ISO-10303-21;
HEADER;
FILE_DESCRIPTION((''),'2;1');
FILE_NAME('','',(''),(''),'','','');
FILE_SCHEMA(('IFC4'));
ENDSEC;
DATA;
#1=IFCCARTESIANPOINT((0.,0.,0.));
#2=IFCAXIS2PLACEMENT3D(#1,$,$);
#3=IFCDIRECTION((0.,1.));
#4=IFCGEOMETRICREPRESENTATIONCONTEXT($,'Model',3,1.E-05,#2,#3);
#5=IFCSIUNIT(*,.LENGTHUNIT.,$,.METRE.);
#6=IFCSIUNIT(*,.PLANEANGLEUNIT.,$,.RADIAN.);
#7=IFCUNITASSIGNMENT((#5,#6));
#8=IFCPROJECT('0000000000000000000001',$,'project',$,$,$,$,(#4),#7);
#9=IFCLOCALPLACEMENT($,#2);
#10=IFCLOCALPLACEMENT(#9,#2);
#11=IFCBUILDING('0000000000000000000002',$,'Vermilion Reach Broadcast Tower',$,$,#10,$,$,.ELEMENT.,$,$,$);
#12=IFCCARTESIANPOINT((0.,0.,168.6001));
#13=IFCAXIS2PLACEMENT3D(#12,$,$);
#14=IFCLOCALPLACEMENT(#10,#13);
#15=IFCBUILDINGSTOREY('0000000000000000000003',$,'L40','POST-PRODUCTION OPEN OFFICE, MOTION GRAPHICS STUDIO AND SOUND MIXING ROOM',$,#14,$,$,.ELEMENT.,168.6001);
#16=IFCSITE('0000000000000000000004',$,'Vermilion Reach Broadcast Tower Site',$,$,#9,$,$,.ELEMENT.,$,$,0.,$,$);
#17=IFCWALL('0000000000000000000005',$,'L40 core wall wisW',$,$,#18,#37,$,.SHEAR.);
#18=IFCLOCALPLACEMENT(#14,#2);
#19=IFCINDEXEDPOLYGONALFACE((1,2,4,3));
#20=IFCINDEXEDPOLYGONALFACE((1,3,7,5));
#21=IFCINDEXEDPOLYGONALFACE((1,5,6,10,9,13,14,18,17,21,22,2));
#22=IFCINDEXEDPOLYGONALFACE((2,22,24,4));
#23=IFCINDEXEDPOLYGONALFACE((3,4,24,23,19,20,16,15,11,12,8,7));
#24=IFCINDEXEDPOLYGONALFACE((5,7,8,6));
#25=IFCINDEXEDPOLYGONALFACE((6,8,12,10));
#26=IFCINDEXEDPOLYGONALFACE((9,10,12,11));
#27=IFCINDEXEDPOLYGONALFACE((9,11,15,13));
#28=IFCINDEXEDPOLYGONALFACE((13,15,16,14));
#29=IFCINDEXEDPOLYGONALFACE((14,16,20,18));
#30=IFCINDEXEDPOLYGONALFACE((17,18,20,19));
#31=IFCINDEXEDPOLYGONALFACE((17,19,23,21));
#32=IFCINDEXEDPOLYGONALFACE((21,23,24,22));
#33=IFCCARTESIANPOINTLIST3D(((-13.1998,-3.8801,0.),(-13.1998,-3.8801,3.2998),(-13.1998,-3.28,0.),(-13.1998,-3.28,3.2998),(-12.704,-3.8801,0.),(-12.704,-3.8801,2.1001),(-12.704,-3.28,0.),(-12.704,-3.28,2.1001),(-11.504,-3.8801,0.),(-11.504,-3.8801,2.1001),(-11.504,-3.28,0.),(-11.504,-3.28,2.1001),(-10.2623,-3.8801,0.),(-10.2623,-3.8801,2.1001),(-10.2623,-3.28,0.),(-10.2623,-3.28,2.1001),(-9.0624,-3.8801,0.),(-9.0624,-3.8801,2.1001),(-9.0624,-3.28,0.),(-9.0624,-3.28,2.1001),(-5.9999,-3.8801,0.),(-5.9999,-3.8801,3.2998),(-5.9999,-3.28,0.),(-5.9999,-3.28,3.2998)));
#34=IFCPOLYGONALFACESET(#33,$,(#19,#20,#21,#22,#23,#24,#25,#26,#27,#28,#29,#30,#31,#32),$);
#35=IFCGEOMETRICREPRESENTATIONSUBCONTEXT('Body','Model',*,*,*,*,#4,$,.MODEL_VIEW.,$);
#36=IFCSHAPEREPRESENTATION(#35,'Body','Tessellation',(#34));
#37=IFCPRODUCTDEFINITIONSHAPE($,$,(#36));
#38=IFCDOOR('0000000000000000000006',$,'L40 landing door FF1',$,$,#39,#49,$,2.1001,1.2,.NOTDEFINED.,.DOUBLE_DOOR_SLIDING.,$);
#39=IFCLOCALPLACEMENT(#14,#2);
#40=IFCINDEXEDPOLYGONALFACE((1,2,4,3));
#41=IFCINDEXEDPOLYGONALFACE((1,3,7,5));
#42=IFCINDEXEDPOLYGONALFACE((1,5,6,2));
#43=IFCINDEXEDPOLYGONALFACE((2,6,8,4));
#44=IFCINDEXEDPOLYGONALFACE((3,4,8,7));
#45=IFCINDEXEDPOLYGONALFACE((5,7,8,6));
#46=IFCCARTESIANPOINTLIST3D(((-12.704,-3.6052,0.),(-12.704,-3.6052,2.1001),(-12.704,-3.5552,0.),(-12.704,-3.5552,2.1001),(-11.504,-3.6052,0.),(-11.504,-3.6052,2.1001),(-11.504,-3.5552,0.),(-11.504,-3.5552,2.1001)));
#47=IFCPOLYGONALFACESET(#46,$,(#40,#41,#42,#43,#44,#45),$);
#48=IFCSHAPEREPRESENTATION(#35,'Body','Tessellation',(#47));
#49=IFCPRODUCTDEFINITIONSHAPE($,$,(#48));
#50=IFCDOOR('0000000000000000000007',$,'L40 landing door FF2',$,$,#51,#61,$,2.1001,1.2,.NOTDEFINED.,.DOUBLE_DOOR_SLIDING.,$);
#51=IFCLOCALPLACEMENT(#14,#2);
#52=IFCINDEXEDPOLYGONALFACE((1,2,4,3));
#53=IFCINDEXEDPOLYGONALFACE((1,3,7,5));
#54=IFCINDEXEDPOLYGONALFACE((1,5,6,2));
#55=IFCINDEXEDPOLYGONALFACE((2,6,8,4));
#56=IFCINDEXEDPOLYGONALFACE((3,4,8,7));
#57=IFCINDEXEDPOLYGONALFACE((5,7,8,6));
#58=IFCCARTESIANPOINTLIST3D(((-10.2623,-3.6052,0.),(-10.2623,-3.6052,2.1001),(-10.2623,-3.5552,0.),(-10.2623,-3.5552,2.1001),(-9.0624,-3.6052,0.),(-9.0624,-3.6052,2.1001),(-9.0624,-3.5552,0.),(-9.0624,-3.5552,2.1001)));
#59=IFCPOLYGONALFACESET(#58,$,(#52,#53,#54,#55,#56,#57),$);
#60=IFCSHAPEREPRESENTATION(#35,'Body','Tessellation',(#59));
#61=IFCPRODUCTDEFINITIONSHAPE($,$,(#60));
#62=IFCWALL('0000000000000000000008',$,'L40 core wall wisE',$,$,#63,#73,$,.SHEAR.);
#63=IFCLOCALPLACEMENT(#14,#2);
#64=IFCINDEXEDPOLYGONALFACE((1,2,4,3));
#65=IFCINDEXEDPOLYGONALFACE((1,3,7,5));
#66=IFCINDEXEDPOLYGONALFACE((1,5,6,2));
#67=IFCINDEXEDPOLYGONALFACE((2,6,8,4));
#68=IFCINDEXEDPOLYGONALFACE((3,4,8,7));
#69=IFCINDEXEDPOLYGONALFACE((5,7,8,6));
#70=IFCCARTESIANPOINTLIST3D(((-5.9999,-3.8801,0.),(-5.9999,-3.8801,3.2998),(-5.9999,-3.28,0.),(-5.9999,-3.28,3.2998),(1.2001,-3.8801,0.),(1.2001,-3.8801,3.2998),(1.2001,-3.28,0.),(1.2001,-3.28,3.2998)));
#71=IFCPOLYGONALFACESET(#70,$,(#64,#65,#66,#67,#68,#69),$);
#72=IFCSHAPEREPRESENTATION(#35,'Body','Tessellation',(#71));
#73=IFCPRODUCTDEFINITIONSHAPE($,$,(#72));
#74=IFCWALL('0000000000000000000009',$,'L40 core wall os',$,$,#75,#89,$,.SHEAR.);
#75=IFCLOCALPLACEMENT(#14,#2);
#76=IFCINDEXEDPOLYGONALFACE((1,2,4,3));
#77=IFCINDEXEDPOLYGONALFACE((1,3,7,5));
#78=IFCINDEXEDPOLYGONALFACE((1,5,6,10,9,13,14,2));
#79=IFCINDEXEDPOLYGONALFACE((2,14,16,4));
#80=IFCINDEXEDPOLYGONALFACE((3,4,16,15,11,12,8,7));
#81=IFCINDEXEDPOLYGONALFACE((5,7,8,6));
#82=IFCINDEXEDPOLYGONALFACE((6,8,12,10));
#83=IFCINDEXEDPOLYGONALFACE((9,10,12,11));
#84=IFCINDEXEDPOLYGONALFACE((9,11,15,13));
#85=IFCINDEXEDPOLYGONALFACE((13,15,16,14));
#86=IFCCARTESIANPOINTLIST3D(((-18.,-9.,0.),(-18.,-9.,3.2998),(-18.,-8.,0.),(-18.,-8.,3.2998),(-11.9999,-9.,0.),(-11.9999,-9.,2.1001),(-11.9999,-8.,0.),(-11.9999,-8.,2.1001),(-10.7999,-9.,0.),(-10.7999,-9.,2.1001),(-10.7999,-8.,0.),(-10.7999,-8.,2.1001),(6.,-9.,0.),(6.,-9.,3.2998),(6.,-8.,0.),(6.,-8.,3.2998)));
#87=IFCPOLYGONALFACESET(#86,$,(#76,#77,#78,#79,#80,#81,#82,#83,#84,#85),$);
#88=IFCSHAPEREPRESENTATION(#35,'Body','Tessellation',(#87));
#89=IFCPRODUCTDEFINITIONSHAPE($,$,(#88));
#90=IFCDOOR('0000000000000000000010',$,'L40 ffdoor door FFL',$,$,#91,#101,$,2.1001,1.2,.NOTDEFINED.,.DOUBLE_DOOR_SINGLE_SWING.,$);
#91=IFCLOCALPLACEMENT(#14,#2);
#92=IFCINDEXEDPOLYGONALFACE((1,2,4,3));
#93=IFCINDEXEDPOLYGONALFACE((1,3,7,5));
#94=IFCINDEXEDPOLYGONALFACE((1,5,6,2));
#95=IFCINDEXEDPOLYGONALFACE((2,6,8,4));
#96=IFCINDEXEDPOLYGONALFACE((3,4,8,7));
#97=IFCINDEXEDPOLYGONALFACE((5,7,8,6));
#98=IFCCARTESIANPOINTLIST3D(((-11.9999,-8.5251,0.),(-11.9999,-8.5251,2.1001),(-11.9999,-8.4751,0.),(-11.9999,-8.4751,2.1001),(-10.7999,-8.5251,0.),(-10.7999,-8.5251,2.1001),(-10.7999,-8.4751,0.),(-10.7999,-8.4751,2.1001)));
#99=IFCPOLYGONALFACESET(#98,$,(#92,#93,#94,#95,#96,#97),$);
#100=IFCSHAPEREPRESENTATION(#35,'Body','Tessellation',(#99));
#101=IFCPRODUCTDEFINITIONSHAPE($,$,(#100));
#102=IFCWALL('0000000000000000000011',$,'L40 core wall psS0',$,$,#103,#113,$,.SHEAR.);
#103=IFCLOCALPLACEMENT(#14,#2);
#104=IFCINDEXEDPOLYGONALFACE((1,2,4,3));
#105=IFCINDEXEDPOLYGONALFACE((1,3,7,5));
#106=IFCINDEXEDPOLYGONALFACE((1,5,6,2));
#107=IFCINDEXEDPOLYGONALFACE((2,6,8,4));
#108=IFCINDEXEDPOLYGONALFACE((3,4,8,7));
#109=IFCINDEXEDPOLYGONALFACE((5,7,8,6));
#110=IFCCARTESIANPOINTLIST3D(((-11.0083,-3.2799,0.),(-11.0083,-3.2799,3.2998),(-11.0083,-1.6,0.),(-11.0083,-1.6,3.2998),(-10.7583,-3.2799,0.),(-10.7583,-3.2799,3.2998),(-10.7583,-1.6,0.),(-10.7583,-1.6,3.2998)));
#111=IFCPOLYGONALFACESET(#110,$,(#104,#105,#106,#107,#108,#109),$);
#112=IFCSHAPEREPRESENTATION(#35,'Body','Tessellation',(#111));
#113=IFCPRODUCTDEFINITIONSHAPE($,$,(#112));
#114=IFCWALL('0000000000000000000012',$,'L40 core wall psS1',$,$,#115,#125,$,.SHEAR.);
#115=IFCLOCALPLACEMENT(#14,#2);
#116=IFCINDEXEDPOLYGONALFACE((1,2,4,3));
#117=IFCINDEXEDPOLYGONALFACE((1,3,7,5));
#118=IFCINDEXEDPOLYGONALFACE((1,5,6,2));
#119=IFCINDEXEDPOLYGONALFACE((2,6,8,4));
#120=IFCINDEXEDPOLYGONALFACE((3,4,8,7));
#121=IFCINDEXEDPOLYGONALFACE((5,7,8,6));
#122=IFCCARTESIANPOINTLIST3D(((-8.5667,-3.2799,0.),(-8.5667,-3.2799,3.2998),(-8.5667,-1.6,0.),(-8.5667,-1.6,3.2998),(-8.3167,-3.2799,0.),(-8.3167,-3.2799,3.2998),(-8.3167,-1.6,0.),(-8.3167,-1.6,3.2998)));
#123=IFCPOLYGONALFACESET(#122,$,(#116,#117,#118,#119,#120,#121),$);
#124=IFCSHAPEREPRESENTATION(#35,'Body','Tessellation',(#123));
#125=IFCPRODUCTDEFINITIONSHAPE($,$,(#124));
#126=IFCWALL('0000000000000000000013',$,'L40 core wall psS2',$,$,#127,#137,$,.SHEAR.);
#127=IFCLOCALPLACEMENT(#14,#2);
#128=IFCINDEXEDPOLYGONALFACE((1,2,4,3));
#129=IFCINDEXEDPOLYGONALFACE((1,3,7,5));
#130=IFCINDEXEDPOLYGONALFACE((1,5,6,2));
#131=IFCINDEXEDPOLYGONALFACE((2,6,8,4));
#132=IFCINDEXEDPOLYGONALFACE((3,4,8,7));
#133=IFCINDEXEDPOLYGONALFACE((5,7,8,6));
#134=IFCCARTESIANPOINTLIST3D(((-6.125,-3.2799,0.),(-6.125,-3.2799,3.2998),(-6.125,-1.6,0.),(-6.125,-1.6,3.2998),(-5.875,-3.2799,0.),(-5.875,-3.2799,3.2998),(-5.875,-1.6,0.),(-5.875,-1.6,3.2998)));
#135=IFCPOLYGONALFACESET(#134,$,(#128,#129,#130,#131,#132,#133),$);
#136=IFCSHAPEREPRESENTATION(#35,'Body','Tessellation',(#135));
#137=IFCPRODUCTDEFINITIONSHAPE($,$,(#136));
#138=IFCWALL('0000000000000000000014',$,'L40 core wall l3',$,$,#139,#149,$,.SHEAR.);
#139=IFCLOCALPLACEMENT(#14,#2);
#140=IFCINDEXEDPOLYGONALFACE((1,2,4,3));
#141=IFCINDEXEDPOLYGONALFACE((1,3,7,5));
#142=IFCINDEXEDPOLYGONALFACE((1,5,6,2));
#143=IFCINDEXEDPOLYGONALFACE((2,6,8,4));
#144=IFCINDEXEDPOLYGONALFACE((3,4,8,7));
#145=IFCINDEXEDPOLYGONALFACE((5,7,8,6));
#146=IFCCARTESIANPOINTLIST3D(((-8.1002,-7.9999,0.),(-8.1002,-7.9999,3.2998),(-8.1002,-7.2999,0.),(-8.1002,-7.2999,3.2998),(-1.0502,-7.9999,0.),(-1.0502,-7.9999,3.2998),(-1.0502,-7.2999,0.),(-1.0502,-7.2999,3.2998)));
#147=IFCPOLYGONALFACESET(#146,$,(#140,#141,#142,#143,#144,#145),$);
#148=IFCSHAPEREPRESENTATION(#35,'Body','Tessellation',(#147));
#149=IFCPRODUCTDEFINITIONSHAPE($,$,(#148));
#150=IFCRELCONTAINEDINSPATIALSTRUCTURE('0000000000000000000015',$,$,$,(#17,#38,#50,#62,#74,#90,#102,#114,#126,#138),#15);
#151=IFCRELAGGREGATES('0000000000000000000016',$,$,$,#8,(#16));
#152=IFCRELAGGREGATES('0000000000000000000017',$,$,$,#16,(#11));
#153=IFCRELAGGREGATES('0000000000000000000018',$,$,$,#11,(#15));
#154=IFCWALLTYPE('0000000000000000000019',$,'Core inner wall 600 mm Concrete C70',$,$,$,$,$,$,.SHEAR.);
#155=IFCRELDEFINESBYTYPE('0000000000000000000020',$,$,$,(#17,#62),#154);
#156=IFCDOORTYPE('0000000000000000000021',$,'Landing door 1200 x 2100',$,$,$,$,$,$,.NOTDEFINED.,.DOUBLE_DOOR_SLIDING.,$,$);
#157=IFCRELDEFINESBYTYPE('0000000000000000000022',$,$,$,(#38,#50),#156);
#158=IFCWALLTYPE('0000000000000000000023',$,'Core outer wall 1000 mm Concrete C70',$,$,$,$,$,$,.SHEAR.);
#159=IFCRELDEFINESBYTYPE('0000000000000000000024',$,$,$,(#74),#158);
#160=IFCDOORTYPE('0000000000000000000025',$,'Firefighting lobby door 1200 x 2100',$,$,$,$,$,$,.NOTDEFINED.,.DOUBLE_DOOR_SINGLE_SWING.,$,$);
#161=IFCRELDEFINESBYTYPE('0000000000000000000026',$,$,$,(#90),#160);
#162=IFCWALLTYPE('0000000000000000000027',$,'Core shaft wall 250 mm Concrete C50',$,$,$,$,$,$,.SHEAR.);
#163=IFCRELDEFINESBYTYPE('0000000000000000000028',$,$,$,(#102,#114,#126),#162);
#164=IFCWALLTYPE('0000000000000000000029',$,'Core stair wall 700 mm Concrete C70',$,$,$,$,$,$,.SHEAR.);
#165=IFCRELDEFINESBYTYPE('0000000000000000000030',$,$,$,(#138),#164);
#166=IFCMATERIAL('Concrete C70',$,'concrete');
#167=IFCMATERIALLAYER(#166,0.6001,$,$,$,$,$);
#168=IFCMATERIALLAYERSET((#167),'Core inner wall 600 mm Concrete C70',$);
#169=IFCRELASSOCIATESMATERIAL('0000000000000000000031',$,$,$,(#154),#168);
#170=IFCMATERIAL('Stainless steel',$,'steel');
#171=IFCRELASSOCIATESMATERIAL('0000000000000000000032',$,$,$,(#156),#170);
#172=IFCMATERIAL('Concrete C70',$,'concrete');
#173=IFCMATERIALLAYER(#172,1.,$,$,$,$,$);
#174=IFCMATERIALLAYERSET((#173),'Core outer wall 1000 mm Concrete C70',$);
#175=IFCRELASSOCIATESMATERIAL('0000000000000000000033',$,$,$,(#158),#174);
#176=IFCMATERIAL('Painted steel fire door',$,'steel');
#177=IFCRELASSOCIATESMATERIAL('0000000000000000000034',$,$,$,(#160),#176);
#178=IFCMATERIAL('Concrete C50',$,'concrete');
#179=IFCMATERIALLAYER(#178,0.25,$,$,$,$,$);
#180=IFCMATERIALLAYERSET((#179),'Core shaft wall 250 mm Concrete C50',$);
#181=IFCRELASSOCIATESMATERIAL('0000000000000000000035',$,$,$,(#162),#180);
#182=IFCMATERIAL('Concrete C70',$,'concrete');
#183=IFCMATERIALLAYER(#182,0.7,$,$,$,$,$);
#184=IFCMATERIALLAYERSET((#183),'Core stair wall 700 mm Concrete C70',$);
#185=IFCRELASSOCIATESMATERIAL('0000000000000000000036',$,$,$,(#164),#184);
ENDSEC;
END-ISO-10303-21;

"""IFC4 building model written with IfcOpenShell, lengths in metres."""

from ifc_helpers import new_model, si_unit, direction, frame, frame_2d, origin, place, context, subcontext, project, spatial, rectangle, extrude, material, layer, layer_set, type_object, element, fill, save


model = new_model("IFC4")

# Units and contexts
model_context = context("Model", 3, precision=1e-05, world=origin(), true_north=direction((0.0, 1.0)))
body_context = subcontext(model_context, "Body", "Model", "MODEL_VIEW")
ifc_project = project(units=[si_unit("LENGTHUNIT", "METRE"), si_unit("PLANEANGLEUNIT", "RADIAN")], contexts=[model_context])

# Site, building, storey
site_placement = place(None, origin())
site = spatial("IfcSite", under=ifc_project, at=site_placement, Name="Vermilion Reach Broadcast Tower Site", CompositionType="ELEMENT", RefElevation=0.0)
building_placement = place(site_placement, origin())
building = spatial("IfcBuilding", under=site, at=building_placement, Name="Vermilion Reach Broadcast Tower", CompositionType="ELEMENT")
storey_placement = place(building_placement, frame((0.0, 0.0, 168.6001)))
storey = spatial("IfcBuildingStorey", under=building, at=storey_placement, Name="L40", Description="POST-PRODUCTION OPEN OFFICE, MOTION GRAPHICS STUDIO AND SOUND MIXING ROOM", CompositionType="ELEMENT", Elevation=168.6001)

# Wall, openings, doors
ifc_material_1 = material(Name="Concrete C70", Category="concrete")
ifc_layer_1 = layer(ifc_material_1, 0.6001)
ifc_layer_set_1 = layer_set([ifc_layer_1], Name="Core inner wall 600 mm Concrete C70")
wall_type_1 = type_object("IfcWallType", Name="Core inner wall 600 mm Concrete C70", PredefinedType="SHEAR", material=ifc_layer_set_1)
wall_1_placement = place(storey_placement, frame((-13.2, -3.5801, 0.0), z_axis=(0.0, 0.0, 1.0), x_axis=(1.0, 0.0, 0.0)))
wall_1 = element("IfcWall", 1, at=wall_1_placement, inside=storey, type_object=wall_type_1, Name="L40 core wall wisW", PredefinedType="SHEAR", context=body_context, shape_type="SweptSolid", body=[
    extrude(rectangle(XDim=7.2, YDim=0.6001, at=frame_2d((3.6001, 0.0))), origin(), (0.0, 0.0, 1.0), 3.2998),
])
opening_1_placement = place(wall_1_placement, frame((0.4958, 0.0, 0.0)))
opening_1 = element("IfcOpeningElement", 2, at=opening_1_placement, cuts=wall_1, PredefinedType="OPENING", context=body_context, shape_type="SweptSolid", body=[
    extrude(rectangle(XDim=1.2, YDim=2.1001, at=frame_2d((0.6001, 1.05))), frame((0.0, 0.3101, 0.0), z_axis=(0.0, -1.0, 0.0), x_axis=(1.0, 0.0, 0.0)), (0.0, 0.0, 1.0), 0.6201),
])
opening_2_placement = place(wall_1_placement, frame((2.9375, 0.0, 0.0)))
opening_2 = element("IfcOpeningElement", 3, at=opening_2_placement, cuts=wall_1, PredefinedType="OPENING", context=body_context, shape_type="SweptSolid", body=[
    extrude(rectangle(XDim=1.2, YDim=2.1001, at=frame_2d((0.6001, 1.05))), frame((0.0, 0.3101, 0.0), z_axis=(0.0, -1.0, 0.0), x_axis=(1.0, 0.0, 0.0)), (0.0, 0.0, 1.0), 0.6201),
])
ifc_material_2 = material(Name="Stainless steel", Category="steel")
door_type_1 = type_object("IfcDoorType", Name="Landing door 1200 x 2100", OperationType="DOUBLE_DOOR_SLIDING", PredefinedType="NOTDEFINED", material=ifc_material_2)
door_1_placement = place(opening_1_placement, origin())
door_1 = element("IfcDoor", 4, at=door_1_placement, inside=storey, type_object=door_type_1, Name="L40 landing door FF1", OperationType="DOUBLE_DOOR_SLIDING", OverallHeight=2.1001, OverallWidth=1.2, PredefinedType="NOTDEFINED", context=body_context, shape_type="SweptSolid", body=[
    extrude(rectangle(XDim=1.2, YDim=2.1001, at=frame_2d((0.6001, 1.05))), frame((0.0, 0.0249, 0.0), z_axis=(0.0, -1.0, 0.0), x_axis=(1.0, 0.0, 0.0)), (0.0, 0.0, 1.0), 0.05),
])
fill(opening_1, door_1)
door_2_placement = place(opening_2_placement, origin())
door_2 = element("IfcDoor", 5, at=door_2_placement, inside=storey, type_object=door_type_1, Name="L40 landing door FF2", OperationType="DOUBLE_DOOR_SLIDING", OverallHeight=2.1001, OverallWidth=1.2, PredefinedType="NOTDEFINED", context=body_context, shape_type="SweptSolid", body=[
    extrude(rectangle(XDim=1.2, YDim=2.1001, at=frame_2d((0.6001, 1.05))), frame((0.0, 0.0249, 0.0), z_axis=(0.0, -1.0, 0.0), x_axis=(1.0, 0.0, 0.0)), (0.0, 0.0, 1.0), 0.05),
])
fill(opening_2, door_2)

# Wall
wall_2_placement = place(storey_placement, frame((-6.0, -3.5801, 0.0), z_axis=(0.0, 0.0, 1.0), x_axis=(1.0, 0.0, 0.0)))
element("IfcWall", 6, at=wall_2_placement, inside=storey, type_object=wall_type_1, Name="L40 core wall wisE", PredefinedType="SHEAR", context=body_context, shape_type="SweptSolid", body=[
    extrude(rectangle(XDim=7.2, YDim=0.6001, at=frame_2d((3.6001, 0.0))), origin(), (0.0, 0.0, 1.0), 3.2998),
])

# Wall, opening, door
ifc_material_3 = material(Name="Concrete C70", Category="concrete")
ifc_layer_2 = layer(ifc_material_3, 1.0)
ifc_layer_set_2 = layer_set([ifc_layer_2], Name="Core outer wall 1000 mm Concrete C70")
wall_type_2 = type_object("IfcWallType", Name="Core outer wall 1000 mm Concrete C70", PredefinedType="SHEAR", material=ifc_layer_set_2)
wall_3_placement = place(storey_placement, frame((-18.0, -8.5, 0.0), z_axis=(0.0, 0.0, 1.0), x_axis=(1.0, 0.0, 0.0)))
wall_3 = element("IfcWall", 7, at=wall_3_placement, inside=storey, type_object=wall_type_2, Name="L40 core wall os", PredefinedType="SHEAR", context=body_context, shape_type="SweptSolid", body=[
    extrude(rectangle(XDim=24.0, YDim=1.0, at=frame_2d((12.0, 0.0))), origin(), (0.0, 0.0, 1.0), 3.2998),
])
opening_3_placement = place(wall_3_placement, frame((6.0, 0.0, 0.0)))
opening_3 = element("IfcOpeningElement", 8, at=opening_3_placement, cuts=wall_3, PredefinedType="OPENING", context=body_context, shape_type="SweptSolid", body=[
    extrude(rectangle(XDim=1.2, YDim=2.1001, at=frame_2d((0.6001, 1.05))), frame((0.0, 0.51, 0.0), z_axis=(0.0, -1.0, 0.0), x_axis=(1.0, 0.0, 0.0)), (0.0, 0.0, 1.0), 1.02),
])
ifc_material_4 = material(Name="Painted steel fire door", Category="steel")
door_type_2 = type_object("IfcDoorType", Name="Firefighting lobby door 1200 x 2100", OperationType="DOUBLE_DOOR_SINGLE_SWING", PredefinedType="NOTDEFINED", material=ifc_material_4)
door_3_placement = place(opening_3_placement, origin())
door_3 = element("IfcDoor", 9, at=door_3_placement, inside=storey, type_object=door_type_2, Name="L40 ffdoor door FFL", OperationType="DOUBLE_DOOR_SINGLE_SWING", OverallHeight=2.1001, OverallWidth=1.2, PredefinedType="NOTDEFINED", context=body_context, shape_type="SweptSolid", body=[
    extrude(rectangle(XDim=1.2, YDim=2.1001, at=frame_2d((0.6001, 1.05))), frame((0.0, 0.0249, 0.0), z_axis=(0.0, -1.0, 0.0), x_axis=(1.0, 0.0, 0.0)), (0.0, 0.0, 1.0), 0.05),
])
fill(opening_3, door_3)

# Walls
ifc_material_5 = material(Name="Concrete C50", Category="concrete")
ifc_layer_3 = layer(ifc_material_5, 0.25)
ifc_layer_set_3 = layer_set([ifc_layer_3], Name="Core shaft wall 250 mm Concrete C50")
wall_type_3 = type_object("IfcWallType", Name="Core shaft wall 250 mm Concrete C50", PredefinedType="SHEAR", material=ifc_layer_set_3)
for number, where, z_axis, x_axis, name in (
    (10, (-10.8833, -1.6001, 0.0), (0.0, 0.0, 1.0), (0.0, -1.0, 0.0), "L40 core wall psS0"),
    (11, (-8.4417, -1.6001, 0.0), (0.0, 0.0, 1.0), (0.0, -1.0, 0.0), "L40 core wall psS1"),
    (12, (-6.0, -1.6001, 0.0), (0.0, 0.0, 1.0), (0.0, -1.0, 0.0), "L40 core wall psS2"),
):
    element("IfcWall", number, at=place(storey_placement, frame(where, z_axis=z_axis, x_axis=x_axis)), inside=storey, type_object=wall_type_3, Name=name, PredefinedType="SHEAR", context=body_context, shape_type="SweptSolid", body=[
        extrude(rectangle(XDim=1.6799, YDim=0.25, at=frame_2d((0.8398, 0.0))), origin(), (0.0, 0.0, 1.0), 3.2998),
    ])
ifc_material_6 = material(Name="Concrete C70", Category="concrete")
ifc_layer_4 = layer(ifc_material_6, 0.7)
ifc_layer_set_4 = layer_set([ifc_layer_4], Name="Core stair wall 700 mm Concrete C70")
wall_type_4 = type_object("IfcWallType", Name="Core stair wall 700 mm Concrete C70", PredefinedType="SHEAR", material=ifc_layer_set_4)
wall_4_placement = place(storey_placement, frame((-8.1001, -7.6499, 0.0), z_axis=(0.0, 0.0, 1.0), x_axis=(1.0, 0.0, 0.0)))
element("IfcWall", 13, at=wall_4_placement, inside=storey, type_object=wall_type_4, Name="L40 core wall l3", PredefinedType="SHEAR", context=body_context, shape_type="SweptSolid", body=[
    extrude(rectangle(XDim=7.05, YDim=0.7, at=frame_2d((3.5249, 0.0))), origin(), (0.0, 0.0, 1.0), 3.2998),
])

save(model, "model.ifc")
